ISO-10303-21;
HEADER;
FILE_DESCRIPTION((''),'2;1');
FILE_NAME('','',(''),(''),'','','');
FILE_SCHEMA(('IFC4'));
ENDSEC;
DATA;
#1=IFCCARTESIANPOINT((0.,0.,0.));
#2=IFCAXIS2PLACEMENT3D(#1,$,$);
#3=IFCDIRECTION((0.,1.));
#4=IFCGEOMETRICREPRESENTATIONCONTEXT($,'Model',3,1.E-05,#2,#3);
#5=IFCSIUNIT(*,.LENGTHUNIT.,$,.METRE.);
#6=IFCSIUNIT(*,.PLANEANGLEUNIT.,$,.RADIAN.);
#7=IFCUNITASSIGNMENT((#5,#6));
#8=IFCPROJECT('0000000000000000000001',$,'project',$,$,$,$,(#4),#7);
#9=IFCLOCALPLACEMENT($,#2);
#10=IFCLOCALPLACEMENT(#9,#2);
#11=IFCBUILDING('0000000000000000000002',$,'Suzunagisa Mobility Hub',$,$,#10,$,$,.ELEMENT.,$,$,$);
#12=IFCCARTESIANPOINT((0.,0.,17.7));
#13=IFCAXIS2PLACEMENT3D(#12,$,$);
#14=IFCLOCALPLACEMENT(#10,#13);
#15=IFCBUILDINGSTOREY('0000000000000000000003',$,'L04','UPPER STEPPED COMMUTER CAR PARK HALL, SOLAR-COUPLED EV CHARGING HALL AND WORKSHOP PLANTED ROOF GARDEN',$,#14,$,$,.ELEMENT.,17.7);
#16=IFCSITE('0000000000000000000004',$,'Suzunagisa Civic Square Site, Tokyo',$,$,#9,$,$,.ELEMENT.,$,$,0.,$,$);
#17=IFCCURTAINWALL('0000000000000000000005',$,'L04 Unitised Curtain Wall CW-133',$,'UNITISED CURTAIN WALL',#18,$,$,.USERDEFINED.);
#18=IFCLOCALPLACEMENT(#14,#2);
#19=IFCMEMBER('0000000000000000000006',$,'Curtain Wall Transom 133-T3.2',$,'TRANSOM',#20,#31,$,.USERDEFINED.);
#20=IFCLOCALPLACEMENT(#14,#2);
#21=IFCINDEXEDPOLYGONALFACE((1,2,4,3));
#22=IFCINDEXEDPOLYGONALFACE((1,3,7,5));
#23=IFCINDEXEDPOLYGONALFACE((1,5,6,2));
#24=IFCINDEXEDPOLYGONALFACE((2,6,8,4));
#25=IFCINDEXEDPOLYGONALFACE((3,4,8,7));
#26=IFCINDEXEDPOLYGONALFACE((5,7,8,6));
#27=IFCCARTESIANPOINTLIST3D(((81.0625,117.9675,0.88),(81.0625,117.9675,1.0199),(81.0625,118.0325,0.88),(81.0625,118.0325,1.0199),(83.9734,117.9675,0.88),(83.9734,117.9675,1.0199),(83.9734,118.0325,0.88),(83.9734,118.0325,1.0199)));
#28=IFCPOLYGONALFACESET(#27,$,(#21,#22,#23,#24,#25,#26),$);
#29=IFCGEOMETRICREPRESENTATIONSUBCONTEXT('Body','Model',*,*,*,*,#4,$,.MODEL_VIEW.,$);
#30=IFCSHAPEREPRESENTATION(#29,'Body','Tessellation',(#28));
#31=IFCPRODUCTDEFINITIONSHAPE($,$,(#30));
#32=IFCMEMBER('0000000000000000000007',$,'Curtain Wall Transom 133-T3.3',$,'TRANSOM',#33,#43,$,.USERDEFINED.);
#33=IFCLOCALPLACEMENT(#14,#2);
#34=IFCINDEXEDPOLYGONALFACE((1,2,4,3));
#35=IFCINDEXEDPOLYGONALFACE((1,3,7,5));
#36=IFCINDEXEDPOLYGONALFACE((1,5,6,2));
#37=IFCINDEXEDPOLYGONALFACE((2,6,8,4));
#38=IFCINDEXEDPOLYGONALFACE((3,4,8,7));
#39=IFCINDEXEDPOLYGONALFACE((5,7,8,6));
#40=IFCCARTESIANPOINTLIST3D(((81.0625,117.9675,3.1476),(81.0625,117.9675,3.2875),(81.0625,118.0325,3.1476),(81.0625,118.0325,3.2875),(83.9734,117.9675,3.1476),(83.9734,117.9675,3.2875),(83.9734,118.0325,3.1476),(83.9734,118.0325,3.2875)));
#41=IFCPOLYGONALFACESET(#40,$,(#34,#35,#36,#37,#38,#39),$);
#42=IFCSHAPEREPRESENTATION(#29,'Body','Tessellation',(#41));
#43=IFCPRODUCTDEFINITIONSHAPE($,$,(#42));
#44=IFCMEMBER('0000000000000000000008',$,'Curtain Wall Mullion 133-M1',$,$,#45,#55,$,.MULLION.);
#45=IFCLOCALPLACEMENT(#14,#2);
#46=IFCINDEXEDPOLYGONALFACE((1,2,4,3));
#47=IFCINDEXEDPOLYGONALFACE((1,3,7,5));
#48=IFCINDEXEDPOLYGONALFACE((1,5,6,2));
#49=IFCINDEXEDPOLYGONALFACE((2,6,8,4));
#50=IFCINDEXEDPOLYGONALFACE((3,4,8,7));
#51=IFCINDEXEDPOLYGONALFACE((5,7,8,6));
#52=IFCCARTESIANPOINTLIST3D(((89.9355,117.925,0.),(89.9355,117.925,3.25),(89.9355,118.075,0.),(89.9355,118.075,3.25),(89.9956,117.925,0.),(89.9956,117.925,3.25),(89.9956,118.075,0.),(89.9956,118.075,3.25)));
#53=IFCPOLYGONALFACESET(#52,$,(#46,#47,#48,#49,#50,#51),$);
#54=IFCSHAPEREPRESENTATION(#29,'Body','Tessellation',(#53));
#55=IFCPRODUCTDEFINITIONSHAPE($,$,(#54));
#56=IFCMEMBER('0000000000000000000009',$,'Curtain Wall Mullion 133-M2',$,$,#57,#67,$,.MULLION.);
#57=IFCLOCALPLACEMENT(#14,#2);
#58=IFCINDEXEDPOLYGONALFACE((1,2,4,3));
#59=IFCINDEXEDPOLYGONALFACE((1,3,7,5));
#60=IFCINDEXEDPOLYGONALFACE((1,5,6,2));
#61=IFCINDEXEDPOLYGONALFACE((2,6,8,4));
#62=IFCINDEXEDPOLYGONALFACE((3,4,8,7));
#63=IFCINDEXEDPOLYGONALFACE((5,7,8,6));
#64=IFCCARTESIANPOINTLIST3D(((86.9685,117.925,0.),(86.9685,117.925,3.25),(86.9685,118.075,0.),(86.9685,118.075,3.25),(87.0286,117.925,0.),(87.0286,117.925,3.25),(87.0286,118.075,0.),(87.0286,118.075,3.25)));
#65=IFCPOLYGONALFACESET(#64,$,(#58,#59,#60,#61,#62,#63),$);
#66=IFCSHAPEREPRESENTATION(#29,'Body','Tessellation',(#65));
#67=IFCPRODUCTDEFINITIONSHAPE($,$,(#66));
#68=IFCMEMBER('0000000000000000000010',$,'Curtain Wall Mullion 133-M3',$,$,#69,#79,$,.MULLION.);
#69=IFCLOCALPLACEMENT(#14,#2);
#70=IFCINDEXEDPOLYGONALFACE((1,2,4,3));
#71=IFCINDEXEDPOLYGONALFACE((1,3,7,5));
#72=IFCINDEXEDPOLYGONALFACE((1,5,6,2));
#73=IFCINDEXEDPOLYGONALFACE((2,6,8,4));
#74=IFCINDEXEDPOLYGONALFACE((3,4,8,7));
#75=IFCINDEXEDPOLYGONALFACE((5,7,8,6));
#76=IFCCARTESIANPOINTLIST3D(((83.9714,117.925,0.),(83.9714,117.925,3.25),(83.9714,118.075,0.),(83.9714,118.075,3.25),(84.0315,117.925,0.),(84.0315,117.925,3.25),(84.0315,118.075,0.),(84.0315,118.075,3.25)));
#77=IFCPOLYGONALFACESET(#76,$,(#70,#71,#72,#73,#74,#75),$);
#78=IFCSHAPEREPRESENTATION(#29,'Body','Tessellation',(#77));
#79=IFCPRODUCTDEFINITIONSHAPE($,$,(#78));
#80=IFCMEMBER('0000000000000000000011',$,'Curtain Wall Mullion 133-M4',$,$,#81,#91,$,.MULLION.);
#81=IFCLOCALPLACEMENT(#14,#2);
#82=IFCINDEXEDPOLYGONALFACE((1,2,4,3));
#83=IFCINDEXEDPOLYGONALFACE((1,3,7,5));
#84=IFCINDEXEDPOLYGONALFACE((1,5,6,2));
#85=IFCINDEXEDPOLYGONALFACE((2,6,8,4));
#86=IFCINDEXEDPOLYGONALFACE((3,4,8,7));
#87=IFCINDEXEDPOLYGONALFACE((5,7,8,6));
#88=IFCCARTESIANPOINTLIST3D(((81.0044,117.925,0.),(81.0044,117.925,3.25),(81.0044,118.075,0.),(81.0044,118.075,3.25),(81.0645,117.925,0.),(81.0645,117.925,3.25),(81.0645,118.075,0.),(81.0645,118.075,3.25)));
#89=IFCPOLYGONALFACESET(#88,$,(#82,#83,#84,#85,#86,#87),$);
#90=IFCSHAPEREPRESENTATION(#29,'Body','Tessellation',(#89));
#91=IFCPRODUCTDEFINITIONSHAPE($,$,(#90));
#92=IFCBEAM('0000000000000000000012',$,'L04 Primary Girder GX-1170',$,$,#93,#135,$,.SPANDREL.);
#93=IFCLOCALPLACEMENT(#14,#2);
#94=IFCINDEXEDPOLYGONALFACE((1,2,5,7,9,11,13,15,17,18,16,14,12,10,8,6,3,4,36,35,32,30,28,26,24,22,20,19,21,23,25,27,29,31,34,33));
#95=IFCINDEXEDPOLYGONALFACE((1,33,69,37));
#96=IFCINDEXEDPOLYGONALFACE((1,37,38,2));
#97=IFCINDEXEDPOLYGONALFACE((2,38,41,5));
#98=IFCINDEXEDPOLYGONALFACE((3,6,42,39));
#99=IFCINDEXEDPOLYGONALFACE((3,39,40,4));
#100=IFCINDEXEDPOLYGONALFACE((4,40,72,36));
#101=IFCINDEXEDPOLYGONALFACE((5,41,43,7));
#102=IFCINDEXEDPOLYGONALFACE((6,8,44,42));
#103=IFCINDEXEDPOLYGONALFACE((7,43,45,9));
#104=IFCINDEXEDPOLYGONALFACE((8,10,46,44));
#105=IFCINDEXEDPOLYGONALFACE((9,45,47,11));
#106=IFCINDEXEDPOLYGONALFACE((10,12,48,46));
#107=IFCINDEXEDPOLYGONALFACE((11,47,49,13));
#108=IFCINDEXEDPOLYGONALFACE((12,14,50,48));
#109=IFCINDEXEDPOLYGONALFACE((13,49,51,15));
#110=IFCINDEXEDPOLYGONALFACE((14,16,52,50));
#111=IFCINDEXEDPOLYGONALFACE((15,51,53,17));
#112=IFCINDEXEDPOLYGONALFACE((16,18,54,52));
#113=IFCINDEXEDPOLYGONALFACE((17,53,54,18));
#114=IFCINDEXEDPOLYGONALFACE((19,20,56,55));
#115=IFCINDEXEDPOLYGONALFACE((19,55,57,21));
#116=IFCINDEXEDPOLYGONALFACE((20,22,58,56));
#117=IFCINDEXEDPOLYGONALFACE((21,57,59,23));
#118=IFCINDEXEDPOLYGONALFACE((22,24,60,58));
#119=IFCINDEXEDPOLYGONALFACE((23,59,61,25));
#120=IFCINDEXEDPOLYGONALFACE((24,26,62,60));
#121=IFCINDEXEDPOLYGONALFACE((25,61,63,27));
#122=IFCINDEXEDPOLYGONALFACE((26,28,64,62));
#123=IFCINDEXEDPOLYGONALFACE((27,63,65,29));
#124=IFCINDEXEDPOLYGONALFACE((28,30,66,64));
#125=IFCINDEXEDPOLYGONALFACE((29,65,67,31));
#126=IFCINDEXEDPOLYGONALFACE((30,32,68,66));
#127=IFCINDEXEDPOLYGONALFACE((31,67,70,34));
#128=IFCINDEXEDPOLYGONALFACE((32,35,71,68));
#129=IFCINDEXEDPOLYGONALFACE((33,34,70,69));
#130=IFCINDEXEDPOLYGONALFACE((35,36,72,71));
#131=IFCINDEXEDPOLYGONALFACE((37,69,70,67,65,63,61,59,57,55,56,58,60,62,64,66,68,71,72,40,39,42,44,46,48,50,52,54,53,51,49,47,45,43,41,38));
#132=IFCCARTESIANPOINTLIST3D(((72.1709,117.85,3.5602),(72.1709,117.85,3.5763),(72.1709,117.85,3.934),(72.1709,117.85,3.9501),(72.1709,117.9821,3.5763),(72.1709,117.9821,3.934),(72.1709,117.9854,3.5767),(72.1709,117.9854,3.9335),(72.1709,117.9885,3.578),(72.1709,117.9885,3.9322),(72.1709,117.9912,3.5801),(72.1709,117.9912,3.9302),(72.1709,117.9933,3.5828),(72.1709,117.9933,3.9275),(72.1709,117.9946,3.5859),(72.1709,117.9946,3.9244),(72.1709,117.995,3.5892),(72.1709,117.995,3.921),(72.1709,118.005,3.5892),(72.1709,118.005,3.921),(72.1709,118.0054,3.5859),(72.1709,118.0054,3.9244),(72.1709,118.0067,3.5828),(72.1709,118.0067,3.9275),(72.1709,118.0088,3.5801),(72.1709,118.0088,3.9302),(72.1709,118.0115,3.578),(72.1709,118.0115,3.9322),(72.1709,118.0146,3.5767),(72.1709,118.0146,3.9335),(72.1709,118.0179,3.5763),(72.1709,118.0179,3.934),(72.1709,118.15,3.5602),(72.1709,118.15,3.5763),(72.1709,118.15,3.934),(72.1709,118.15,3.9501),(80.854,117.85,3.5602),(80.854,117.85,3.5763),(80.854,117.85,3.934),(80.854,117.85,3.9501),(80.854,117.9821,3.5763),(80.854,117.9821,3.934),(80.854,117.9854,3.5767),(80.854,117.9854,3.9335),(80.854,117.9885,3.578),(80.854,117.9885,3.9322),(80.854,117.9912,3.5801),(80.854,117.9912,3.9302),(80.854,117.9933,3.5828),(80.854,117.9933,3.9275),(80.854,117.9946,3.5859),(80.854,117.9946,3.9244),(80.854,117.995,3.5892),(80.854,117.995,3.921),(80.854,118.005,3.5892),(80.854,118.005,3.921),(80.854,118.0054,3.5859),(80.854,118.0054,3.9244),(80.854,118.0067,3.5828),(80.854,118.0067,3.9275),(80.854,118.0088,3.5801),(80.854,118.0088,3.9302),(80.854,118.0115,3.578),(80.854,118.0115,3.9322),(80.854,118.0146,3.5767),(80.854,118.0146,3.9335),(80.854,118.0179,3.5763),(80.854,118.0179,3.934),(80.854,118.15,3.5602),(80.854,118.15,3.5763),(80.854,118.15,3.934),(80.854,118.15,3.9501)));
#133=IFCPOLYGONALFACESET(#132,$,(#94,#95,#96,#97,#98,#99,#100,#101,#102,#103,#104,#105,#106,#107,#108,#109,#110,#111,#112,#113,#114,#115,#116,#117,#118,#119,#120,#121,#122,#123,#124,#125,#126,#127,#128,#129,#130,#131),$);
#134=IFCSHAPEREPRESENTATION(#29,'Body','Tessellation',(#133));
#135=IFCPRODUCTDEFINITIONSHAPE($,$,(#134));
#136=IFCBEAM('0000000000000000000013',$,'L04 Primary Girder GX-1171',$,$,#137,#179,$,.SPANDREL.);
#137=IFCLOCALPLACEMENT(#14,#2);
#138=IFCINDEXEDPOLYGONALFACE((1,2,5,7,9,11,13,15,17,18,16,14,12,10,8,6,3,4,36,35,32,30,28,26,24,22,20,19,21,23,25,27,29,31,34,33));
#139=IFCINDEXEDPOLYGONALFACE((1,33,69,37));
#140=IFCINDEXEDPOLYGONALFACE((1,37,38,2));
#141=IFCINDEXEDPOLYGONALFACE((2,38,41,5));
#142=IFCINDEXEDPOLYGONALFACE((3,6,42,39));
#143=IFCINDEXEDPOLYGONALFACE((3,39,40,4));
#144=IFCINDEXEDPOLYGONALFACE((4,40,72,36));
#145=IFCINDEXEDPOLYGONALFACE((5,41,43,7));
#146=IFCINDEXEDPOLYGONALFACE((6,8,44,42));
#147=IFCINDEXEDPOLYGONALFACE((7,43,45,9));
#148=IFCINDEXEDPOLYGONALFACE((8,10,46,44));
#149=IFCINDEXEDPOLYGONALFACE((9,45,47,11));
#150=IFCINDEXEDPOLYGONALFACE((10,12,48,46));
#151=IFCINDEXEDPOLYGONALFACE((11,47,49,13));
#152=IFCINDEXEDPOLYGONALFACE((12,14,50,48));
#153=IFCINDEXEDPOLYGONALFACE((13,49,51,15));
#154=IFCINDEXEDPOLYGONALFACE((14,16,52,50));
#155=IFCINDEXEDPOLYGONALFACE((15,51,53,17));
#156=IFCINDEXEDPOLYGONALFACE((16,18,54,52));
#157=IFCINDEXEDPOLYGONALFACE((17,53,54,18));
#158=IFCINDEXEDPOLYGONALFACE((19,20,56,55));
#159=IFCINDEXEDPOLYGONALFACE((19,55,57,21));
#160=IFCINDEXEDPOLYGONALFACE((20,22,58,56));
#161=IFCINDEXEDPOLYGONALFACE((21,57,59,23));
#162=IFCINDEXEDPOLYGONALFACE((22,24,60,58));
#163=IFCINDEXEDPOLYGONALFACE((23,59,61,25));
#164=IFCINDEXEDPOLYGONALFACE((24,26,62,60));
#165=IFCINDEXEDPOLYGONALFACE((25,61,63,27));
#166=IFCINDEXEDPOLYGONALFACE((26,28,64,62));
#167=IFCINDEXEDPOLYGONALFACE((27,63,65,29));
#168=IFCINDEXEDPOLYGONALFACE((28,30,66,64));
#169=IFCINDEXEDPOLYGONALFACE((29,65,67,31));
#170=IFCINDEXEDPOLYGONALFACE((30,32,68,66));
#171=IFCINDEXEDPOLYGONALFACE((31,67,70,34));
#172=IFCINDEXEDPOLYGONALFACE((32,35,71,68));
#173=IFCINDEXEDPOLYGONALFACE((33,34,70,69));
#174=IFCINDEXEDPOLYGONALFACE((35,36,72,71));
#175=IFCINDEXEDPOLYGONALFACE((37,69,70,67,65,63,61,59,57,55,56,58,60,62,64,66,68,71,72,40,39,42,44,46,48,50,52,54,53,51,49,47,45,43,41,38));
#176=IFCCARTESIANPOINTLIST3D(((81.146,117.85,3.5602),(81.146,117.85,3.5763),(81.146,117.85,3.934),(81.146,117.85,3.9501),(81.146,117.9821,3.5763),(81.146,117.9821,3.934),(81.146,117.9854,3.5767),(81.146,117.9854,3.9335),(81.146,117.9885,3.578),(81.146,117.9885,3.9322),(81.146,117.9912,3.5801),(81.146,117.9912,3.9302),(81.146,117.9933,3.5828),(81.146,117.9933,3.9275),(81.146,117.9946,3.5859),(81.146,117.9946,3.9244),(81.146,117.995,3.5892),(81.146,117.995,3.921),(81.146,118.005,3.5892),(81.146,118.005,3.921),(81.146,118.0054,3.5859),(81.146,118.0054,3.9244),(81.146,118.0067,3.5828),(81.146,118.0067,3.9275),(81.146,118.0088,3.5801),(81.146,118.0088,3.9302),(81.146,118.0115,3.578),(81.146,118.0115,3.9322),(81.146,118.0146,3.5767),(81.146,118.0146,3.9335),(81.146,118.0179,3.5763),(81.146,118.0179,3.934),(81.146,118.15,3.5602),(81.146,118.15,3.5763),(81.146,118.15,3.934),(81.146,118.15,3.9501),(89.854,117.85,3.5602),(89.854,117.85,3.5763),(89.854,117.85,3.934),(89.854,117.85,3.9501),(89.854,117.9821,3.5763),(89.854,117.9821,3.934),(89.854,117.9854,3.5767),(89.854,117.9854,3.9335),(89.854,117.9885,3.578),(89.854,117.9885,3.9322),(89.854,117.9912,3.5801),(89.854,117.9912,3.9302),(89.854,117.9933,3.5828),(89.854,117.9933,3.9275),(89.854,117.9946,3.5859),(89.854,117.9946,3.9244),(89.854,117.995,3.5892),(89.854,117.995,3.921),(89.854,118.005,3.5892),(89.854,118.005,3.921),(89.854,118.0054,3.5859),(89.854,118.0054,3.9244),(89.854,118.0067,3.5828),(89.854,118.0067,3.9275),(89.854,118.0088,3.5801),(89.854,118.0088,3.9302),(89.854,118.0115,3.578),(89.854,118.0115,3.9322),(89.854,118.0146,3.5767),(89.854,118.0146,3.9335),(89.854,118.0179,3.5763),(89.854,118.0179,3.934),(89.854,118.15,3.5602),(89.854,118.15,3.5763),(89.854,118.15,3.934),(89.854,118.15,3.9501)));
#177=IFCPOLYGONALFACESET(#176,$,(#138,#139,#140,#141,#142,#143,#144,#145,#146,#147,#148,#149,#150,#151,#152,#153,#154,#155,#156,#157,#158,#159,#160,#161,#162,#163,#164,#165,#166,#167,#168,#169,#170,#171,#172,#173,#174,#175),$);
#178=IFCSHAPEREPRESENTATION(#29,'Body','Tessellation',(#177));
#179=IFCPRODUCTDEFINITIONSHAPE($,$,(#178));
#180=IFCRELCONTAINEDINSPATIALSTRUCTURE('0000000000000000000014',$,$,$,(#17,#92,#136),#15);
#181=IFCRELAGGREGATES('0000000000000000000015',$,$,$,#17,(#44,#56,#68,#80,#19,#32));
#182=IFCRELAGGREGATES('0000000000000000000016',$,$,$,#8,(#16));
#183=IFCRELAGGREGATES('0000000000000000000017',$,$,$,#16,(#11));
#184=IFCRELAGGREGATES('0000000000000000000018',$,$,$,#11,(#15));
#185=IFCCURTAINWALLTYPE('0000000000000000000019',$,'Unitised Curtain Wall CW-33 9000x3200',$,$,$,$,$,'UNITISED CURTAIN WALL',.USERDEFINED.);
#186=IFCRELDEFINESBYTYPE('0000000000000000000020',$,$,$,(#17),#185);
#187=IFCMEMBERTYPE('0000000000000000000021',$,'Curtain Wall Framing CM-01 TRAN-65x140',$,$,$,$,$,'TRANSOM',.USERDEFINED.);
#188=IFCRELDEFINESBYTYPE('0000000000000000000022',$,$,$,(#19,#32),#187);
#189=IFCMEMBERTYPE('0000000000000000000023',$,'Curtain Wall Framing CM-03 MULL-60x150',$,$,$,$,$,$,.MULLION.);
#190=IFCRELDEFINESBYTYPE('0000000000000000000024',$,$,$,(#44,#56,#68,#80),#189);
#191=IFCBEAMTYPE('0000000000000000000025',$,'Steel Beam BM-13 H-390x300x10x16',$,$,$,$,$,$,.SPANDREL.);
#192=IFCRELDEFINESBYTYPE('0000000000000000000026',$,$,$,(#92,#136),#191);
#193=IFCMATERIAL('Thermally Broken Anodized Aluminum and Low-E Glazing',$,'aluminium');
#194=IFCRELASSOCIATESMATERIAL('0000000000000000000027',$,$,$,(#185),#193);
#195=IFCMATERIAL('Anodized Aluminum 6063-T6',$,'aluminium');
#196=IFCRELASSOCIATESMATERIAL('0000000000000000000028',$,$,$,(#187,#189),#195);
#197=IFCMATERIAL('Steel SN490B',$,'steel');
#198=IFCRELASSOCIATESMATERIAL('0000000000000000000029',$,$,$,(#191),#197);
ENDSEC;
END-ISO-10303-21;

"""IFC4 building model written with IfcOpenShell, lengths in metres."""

from ifc_helpers import new_model, si_unit, direction, frame, origin, origin_2d, place, context, subcontext, project, spatial, rectangle, i_section, extrude, material, material_profile, profile_set, type_object, element, aggregate, save


model = new_model("IFC4")

# Units and contexts
model_context = context("Model", 3, precision=1e-05, world=origin(), true_north=direction((0.0, 1.0)))
body_context = subcontext(model_context, "Body", "Model", "MODEL_VIEW")
ifc_project = project(units=[si_unit("LENGTHUNIT", "METRE"), si_unit("PLANEANGLEUNIT", "RADIAN")], contexts=[model_context])

# Site, building, storey
site_placement = place(None, origin())
site = spatial("IfcSite", under=ifc_project, at=site_placement, Name="Suzunagisa Civic Square Site, Tokyo", CompositionType="ELEMENT", RefElevation=0.0)
building_placement = place(site_placement, origin())
building = spatial("IfcBuilding", under=site, at=building_placement, Name="Suzunagisa Mobility Hub", CompositionType="ELEMENT")
storey_placement = place(building_placement, frame((0.0, 0.0, 17.7)))
storey = spatial("IfcBuildingStorey", under=building, at=storey_placement, Name="L04", Description="UPPER STEPPED COMMUTER CAR PARK HALL, SOLAR-COUPLED EV CHARGING HALL AND WORKSHOP PLANTED ROOF GARDEN", CompositionType="ELEMENT", Elevation=17.7)

# Shared definitions
ifc_material_1 = material(Name="Steel SN490B", Category="steel")

# Curtain wall, members
ifc_material_2 = material(Name="Thermally Broken Anodized Aluminum and Low-E Glazing", Category="aluminium")
curtain_wall_type = type_object("IfcCurtainWallType", Name="Unitised Curtain Wall CW-33 9000x3200", ElementType="UNITISED CURTAIN WALL", PredefinedType="USERDEFINED", material=ifc_material_2)
curtain_wall_placement = place(storey_placement, origin())
curtain_wall = element("IfcCurtainWall", 1, at=curtain_wall_placement, inside=storey, type_object=curtain_wall_type, Name="L04 Unitised Curtain Wall CW-133", ObjectType="UNITISED CURTAIN WALL", PredefinedType="USERDEFINED")
ifc_material_3 = material(Name="Anodized Aluminum 6063-T6", Category="aluminium")
ifc_material_profile_1 = material_profile(ifc_material_3, rectangle(XDim=0.0649, YDim=0.1399, at=origin_2d()), Name="TRAN-65x140")
ifc_profile_set_1 = profile_set([ifc_material_profile_1], Name="Anodized Aluminum 6063-T6")
member_type_1 = type_object("IfcMemberType", Name="Curtain Wall Framing CM-01 TRAN-65x140", ElementType="TRANSOM", PredefinedType="USERDEFINED", material=ifc_profile_set_1)
member_1_placement = place(storey_placement, frame((83.9734, 118.0, 0.95), z_axis=(-1.0, 0.0, 0.0), x_axis=(0.0, -1.0, 0.0)))
member_1 = element("IfcMember", 2, at=member_1_placement, type_object=member_type_1, Name="Curtain Wall Transom 133-T3.2", ObjectType="TRANSOM", PredefinedType="USERDEFINED", context=body_context, shape_type="SweptSolid", body=[
    extrude(rectangle(XDim=0.0649, YDim=0.1399, at=origin_2d()), origin(), (0.0, 0.0, 1.0), 2.9109),
])
member_2_placement = place(storey_placement, frame((83.9734, 118.0, 3.2175), z_axis=(-1.0, 0.0, 0.0), x_axis=(0.0, -1.0, 0.0)))
member_2 = element("IfcMember", 3, at=member_2_placement, type_object=member_type_1, Name="Curtain Wall Transom 133-T3.3", ObjectType="TRANSOM", PredefinedType="USERDEFINED", context=body_context, shape_type="SweptSolid", body=[
    extrude(rectangle(XDim=0.0649, YDim=0.1399, at=origin_2d()), origin(), (0.0, 0.0, 1.0), 2.9109),
])
ifc_material_profile_2 = material_profile(ifc_material_3, rectangle(XDim=0.0601, YDim=0.1499, at=origin_2d()), Name="MULL-60x150")
ifc_profile_set_2 = profile_set([ifc_material_profile_2], Name="Anodized Aluminum 6063-T6")
member_type_2 = type_object("IfcMemberType", Name="Curtain Wall Framing CM-03 MULL-60x150", PredefinedType="MULLION", material=ifc_profile_set_2)
member_3_placement = place(storey_placement, frame((89.9656, 118.0, 0.0), z_axis=(0.0, 0.0, 1.0), x_axis=(-1.0, 0.0, 0.0)))
member_3 = element("IfcMember", 4, at=member_3_placement, type_object=member_type_2, Name="Curtain Wall Mullion 133-M1", PredefinedType="MULLION", context=body_context, shape_type="SweptSolid", body=[
    extrude(rectangle(XDim=0.0601, YDim=0.1499, at=origin_2d()), origin(), (0.0, 0.0, 1.0), 3.25),
])
member_4_placement = place(storey_placement, frame((86.9985, 118.0, 0.0), z_axis=(0.0, 0.0, 1.0), x_axis=(-1.0, 0.0, 0.0)))
member_4 = element("IfcMember", 5, at=member_4_placement, type_object=member_type_2, Name="Curtain Wall Mullion 133-M2", PredefinedType="MULLION", context=body_context, shape_type="SweptSolid", body=[
    extrude(rectangle(XDim=0.0601, YDim=0.1499, at=origin_2d()), origin(), (0.0, 0.0, 1.0), 3.25),
])
member_5_placement = place(storey_placement, frame((84.0015, 118.0, 0.0), z_axis=(0.0, 0.0, 1.0), x_axis=(-1.0, 0.0, 0.0)))
member_5 = element("IfcMember", 6, at=member_5_placement, type_object=member_type_2, Name="Curtain Wall Mullion 133-M3", PredefinedType="MULLION", context=body_context, shape_type="SweptSolid", body=[
    extrude(rectangle(XDim=0.0601, YDim=0.1499, at=origin_2d()), origin(), (0.0, 0.0, 1.0), 3.25),
])
member_6_placement = place(storey_placement, frame((81.0344, 118.0, 0.0), z_axis=(0.0, 0.0, 1.0), x_axis=(-1.0, 0.0, 0.0)))
member_6 = element("IfcMember", 7, at=member_6_placement, type_object=member_type_2, Name="Curtain Wall Mullion 133-M4", PredefinedType="MULLION", context=body_context, shape_type="SweptSolid", body=[
    extrude(rectangle(XDim=0.0601, YDim=0.1499, at=origin_2d()), origin(), (0.0, 0.0, 1.0), 3.25),
])

# Beams
ifc_material_profile_3 = material_profile(ifc_material_1, i_section(OverallWidth=0.3, OverallDepth=0.3899, WebThickness=0.01, FlangeThickness=0.0161, FilletRadius=0.0129, at=origin_2d()), Name="H-390x300x10x16")
ifc_profile_set_3 = profile_set([ifc_material_profile_3], Name="Steel SN490B")
beam_type_1 = type_object("IfcBeamType", Name="Steel Beam BM-13 H-390x300x10x16", PredefinedType="SPANDREL", material=ifc_profile_set_3)
beam_placement = place(storey_placement, frame((72.1709, 118.0, 3.7551), z_axis=(1.0, 0.0, 0.0), x_axis=(0.0, 1.0, 0.0)))
element("IfcBeam", 8, at=beam_placement, inside=storey, type_object=beam_type_1, Name="L04 Primary Girder GX-1170", PredefinedType="SPANDREL", context=body_context, shape_type="SweptSolid", body=[
    extrude(i_section(OverallWidth=0.3, OverallDepth=0.3899, WebThickness=0.01, FlangeThickness=0.0161, FilletRadius=0.0129, at=origin_2d()), origin(), (0.0, 0.0, 1.0), 8.6831),
])
for number, where, z_axis, x_axis, name in (
    (9, (81.146, 118.0, 3.7551), (1.0, 0.0, 0.0), (0.0, 1.0, 0.0), "L04 Primary Girder GX-1171"),
):
    element("IfcBeam", number, at=place(storey_placement, frame(where, z_axis=z_axis, x_axis=x_axis)), inside=storey, type_object=beam_type_1, Name=name, PredefinedType="SPANDREL", context=body_context, shape_type="SweptSolid", body=[
        extrude(i_section(OverallWidth=0.3, OverallDepth=0.3899, WebThickness=0.01, FlangeThickness=0.0161, FilletRadius=0.0129, at=origin_2d()), origin(), (0.0, 0.0, 1.0), 8.708),
    ])

aggregate(curtain_wall, [member_3, member_4, member_5, member_6, member_1, member_2])

save(model, "model.ifc")
